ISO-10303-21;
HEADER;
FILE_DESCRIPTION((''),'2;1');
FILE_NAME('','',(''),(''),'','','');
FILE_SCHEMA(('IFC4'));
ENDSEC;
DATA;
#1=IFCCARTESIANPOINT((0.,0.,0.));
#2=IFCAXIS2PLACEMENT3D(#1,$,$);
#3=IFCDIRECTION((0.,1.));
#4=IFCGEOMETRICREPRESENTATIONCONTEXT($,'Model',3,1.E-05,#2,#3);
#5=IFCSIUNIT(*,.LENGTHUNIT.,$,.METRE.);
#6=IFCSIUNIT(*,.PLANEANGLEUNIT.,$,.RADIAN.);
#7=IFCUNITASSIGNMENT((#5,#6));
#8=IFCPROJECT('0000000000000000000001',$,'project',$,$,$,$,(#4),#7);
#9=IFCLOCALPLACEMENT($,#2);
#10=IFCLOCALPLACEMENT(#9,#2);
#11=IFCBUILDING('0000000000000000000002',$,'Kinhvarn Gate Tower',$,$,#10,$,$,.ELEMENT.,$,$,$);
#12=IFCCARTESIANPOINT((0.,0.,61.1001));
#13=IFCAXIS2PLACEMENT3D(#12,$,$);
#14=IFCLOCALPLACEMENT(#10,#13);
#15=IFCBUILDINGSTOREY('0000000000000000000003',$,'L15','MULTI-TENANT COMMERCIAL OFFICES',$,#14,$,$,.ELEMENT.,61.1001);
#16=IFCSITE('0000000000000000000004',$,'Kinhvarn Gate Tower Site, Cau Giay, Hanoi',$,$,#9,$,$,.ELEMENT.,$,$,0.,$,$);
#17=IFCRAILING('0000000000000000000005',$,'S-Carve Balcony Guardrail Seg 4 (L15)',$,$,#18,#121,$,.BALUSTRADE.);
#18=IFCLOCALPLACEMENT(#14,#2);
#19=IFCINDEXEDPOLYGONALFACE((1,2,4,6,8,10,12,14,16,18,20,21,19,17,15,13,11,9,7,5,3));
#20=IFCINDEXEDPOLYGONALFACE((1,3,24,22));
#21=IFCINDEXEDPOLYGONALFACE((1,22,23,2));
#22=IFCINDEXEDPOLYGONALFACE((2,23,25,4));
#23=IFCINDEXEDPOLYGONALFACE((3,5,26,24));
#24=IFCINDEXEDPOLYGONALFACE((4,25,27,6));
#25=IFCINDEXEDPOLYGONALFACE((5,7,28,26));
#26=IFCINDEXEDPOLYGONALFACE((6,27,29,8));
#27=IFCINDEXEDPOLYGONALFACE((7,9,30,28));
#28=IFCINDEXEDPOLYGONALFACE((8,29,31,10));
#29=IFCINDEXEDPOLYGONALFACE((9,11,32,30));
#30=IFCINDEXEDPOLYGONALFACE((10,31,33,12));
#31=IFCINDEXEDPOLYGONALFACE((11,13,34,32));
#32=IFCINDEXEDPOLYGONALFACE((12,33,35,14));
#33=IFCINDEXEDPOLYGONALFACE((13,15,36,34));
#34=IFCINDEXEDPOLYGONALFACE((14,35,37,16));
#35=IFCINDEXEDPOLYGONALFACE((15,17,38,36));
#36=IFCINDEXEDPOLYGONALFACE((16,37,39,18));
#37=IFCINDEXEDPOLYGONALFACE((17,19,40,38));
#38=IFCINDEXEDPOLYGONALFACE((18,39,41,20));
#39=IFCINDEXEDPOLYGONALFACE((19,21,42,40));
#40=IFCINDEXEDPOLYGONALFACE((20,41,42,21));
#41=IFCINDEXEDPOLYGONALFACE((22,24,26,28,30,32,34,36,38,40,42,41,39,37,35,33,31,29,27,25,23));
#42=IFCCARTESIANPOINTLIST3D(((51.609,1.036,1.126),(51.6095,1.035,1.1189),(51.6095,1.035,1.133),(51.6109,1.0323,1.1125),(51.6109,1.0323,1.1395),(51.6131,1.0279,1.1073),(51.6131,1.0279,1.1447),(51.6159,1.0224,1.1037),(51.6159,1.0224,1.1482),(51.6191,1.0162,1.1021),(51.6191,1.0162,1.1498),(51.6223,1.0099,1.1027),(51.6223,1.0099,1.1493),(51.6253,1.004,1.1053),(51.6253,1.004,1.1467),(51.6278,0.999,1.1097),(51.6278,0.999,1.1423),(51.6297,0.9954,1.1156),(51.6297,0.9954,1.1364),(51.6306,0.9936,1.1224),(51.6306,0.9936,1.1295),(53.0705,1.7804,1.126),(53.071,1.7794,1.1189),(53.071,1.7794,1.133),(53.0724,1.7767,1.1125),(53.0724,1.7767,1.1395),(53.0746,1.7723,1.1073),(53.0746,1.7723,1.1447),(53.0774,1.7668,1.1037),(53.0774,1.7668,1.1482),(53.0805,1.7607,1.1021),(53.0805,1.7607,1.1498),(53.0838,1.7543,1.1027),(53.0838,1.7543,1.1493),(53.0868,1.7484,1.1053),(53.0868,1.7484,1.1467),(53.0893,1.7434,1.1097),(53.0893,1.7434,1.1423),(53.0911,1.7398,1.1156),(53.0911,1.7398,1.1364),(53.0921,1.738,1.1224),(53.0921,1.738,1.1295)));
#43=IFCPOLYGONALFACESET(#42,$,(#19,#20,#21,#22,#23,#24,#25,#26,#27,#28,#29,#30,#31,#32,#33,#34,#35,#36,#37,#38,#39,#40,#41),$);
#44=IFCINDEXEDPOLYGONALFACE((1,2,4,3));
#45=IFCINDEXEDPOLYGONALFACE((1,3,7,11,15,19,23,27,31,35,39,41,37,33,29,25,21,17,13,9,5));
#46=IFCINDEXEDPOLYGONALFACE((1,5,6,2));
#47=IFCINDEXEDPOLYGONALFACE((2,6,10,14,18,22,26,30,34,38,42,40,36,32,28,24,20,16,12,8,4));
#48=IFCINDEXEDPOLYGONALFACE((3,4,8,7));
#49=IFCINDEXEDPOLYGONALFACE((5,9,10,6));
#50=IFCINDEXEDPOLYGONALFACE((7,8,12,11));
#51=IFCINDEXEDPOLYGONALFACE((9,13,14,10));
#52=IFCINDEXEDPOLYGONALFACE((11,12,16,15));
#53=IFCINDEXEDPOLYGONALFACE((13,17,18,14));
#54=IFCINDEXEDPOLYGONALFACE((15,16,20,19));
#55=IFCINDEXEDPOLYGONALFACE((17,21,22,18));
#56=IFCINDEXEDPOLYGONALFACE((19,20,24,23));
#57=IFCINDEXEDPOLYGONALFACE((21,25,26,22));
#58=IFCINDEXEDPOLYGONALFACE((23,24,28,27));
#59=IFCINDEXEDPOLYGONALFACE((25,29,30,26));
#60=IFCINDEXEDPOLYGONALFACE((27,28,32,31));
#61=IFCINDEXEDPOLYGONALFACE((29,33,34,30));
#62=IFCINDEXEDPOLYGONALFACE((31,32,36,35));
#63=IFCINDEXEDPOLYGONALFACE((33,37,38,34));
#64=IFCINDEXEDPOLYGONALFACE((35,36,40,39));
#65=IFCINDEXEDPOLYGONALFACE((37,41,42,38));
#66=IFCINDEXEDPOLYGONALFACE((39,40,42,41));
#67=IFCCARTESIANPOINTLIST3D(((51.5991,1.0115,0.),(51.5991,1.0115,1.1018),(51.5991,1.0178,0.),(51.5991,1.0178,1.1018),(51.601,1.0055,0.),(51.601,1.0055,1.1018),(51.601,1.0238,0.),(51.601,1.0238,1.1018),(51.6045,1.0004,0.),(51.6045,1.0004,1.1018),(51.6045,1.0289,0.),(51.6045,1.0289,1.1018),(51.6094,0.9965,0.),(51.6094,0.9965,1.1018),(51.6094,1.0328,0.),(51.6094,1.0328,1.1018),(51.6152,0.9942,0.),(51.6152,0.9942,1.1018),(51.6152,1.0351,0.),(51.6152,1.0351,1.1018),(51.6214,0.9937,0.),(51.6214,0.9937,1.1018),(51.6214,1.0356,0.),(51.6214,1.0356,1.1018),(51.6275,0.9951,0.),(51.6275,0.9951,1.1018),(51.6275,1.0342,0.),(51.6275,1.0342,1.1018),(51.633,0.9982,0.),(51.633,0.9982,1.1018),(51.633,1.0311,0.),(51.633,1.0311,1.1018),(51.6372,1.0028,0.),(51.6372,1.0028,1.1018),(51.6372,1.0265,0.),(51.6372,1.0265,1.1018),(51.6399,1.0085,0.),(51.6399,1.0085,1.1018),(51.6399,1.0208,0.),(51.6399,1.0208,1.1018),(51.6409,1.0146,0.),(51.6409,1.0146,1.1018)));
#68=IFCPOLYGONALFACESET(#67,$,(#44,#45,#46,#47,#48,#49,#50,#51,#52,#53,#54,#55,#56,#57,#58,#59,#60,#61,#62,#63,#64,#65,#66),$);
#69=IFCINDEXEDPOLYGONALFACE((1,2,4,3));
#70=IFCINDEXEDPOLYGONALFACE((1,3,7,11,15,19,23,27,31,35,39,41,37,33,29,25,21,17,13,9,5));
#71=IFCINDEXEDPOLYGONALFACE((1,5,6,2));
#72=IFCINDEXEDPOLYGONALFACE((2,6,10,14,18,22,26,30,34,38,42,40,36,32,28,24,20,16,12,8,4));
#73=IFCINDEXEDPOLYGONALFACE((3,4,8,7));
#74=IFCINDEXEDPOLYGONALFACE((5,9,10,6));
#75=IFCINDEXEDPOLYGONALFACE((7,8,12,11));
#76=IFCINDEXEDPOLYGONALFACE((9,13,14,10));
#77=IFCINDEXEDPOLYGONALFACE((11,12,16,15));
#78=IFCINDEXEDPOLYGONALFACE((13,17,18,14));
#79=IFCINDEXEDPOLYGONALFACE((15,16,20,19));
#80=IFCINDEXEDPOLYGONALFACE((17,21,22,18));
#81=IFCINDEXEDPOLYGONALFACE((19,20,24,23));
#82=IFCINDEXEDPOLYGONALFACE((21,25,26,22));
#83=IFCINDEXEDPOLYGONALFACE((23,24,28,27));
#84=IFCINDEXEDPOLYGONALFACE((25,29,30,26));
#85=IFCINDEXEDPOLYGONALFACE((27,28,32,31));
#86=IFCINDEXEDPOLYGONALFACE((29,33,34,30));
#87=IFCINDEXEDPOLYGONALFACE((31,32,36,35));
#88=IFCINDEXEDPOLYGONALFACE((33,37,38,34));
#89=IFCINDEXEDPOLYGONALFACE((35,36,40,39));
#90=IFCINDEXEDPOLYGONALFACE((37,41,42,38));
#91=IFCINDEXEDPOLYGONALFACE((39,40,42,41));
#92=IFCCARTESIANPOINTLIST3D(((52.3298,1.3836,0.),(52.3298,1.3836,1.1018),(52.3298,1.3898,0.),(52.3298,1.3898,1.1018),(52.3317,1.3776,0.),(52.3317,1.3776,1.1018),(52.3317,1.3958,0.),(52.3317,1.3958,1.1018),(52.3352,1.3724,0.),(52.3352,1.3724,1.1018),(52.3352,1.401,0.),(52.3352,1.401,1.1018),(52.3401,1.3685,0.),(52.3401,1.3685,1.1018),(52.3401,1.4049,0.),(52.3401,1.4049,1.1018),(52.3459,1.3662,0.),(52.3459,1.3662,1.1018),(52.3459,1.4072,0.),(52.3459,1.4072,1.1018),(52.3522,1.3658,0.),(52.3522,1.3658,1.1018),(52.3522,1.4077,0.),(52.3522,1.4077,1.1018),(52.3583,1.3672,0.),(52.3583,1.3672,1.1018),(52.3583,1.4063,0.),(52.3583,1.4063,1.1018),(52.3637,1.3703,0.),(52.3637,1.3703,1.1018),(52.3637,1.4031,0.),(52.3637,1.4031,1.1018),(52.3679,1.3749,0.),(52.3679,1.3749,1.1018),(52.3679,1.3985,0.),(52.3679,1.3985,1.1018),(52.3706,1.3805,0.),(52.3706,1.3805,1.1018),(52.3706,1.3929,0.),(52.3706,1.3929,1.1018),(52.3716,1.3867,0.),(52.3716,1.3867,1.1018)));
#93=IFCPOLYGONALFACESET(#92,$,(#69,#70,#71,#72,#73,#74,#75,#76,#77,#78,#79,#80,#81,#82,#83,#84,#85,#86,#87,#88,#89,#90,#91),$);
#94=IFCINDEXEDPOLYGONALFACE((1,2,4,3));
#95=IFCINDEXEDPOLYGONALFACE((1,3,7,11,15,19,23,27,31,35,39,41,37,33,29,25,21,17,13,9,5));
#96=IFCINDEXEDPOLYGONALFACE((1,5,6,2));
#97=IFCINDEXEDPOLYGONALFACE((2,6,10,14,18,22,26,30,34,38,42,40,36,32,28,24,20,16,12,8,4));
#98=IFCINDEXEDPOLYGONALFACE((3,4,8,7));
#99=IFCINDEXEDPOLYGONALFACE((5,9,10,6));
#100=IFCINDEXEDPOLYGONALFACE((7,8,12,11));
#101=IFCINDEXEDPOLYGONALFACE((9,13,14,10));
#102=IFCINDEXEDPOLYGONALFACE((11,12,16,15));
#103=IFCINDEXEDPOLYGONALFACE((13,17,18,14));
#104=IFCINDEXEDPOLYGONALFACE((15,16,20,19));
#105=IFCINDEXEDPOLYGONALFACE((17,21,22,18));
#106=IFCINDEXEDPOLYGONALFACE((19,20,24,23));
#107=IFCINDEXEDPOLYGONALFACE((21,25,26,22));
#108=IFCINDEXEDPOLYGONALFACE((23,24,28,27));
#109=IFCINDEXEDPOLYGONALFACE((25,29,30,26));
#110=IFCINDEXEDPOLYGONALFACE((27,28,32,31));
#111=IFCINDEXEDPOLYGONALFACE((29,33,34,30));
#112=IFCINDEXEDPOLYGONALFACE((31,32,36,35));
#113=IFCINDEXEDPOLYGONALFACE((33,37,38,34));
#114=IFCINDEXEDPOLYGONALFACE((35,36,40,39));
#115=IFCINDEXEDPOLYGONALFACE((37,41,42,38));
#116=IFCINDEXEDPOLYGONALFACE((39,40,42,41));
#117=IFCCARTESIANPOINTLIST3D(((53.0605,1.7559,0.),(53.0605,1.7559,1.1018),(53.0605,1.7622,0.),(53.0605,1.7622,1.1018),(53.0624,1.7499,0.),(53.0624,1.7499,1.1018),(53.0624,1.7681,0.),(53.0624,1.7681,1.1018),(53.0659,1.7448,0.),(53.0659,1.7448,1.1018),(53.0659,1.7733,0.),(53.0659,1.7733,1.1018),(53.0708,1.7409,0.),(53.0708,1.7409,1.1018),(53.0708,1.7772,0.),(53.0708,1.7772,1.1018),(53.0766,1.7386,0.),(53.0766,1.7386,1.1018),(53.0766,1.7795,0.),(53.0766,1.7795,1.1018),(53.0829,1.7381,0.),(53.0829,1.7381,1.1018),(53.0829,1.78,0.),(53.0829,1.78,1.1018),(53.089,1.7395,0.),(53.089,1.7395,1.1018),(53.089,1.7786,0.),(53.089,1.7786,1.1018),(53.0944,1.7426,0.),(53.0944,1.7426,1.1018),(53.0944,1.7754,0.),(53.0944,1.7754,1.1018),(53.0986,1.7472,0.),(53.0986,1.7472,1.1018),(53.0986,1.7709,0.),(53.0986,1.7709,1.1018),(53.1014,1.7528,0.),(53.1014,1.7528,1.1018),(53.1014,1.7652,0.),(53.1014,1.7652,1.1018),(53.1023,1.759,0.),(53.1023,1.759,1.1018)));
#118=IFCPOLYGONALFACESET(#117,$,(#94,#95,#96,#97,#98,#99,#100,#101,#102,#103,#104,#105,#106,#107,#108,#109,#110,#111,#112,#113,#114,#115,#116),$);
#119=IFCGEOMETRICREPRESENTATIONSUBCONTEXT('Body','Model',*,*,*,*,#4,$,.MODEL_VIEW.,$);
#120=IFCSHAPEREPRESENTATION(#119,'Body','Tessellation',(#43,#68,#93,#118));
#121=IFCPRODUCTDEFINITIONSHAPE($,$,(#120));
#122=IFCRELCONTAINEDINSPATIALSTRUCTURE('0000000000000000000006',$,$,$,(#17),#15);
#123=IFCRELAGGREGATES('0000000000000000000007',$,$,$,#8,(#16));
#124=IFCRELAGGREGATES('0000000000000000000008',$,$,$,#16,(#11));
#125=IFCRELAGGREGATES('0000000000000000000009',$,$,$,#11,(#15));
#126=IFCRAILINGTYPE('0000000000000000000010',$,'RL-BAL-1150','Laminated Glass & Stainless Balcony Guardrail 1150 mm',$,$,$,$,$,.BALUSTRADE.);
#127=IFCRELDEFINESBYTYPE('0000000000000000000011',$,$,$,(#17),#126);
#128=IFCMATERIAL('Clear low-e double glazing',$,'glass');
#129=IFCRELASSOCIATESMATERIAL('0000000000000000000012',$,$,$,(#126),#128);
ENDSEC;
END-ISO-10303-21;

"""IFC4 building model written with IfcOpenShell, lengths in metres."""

from ifc_helpers import new_model, si_unit, direction, frame, origin, origin_2d, place, context, subcontext, project, spatial, circle, extrude, material, type_object, element, save


model = new_model("IFC4")

# Units and contexts
model_context = context("Model", 3, precision=1e-05, world=origin(), true_north=direction((0.0, 1.0)))
body_context = subcontext(model_context, "Body", "Model", "MODEL_VIEW")
ifc_project = project(units=[si_unit("LENGTHUNIT", "METRE"), si_unit("PLANEANGLEUNIT", "RADIAN")], contexts=[model_context])

# Site, building, storey
site_placement = place(None, origin())
site = spatial("IfcSite", under=ifc_project, at=site_placement, Name="Kinhvarn Gate Tower Site, Cau Giay, Hanoi", CompositionType="ELEMENT", RefElevation=0.0)
building_placement = place(site_placement, origin())
building = spatial("IfcBuilding", under=site, at=building_placement, Name="Kinhvarn Gate Tower", CompositionType="ELEMENT")
storey_placement = place(building_placement, frame((0.0, 0.0, 61.1001)))
storey = spatial("IfcBuildingStorey", under=building, at=storey_placement, Name="L15", Description="MULTI-TENANT COMMERCIAL OFFICES", CompositionType="ELEMENT", Elevation=61.1001)

# Shared definitions
ifc_material_1 = material(Name="Clear low-e double glazing", Category="glass")

# Railing
railing_type = type_object("IfcRailingType", Name="RL-BAL-1150", Description="Laminated Glass & Stainless Balcony Guardrail 1150 mm", PredefinedType="BALUSTRADE", material=ifc_material_1)
railing_1_placement = place(storey_placement, frame((51.6199, 1.0146, 0.0)))
element("IfcRailing", 1, at=railing_1_placement, inside=storey, type_object=railing_type, Name="S-Carve Balcony Guardrail Seg 4 (L15)", PredefinedType="BALUSTRADE", context=body_context, shape_type="SweptSolid", body=[
    extrude(circle(Radius=0.0239, at=origin_2d()), frame((0.0, 0.0, 1.126), z_axis=(0.891068, 0.45387, 0.0), x_axis=(-0.45387, 0.891068, 0.0)), (0.0, 0.0, 1.0), 1.6401),
    extrude(circle(Radius=0.021, at=origin_2d()), origin(), (0.0, 0.0, 1.0), 1.1018),
    extrude(circle(Radius=0.021, at=origin_2d()), frame((0.7307, 0.3721, 0.0)), (0.0, 0.0, 1.0), 1.1018),
    extrude(circle(Radius=0.021, at=origin_2d()), frame((1.4614, 0.7444, 0.0)), (0.0, 0.0, 1.0), 1.1018),
])

save(model, "model.ifc")
